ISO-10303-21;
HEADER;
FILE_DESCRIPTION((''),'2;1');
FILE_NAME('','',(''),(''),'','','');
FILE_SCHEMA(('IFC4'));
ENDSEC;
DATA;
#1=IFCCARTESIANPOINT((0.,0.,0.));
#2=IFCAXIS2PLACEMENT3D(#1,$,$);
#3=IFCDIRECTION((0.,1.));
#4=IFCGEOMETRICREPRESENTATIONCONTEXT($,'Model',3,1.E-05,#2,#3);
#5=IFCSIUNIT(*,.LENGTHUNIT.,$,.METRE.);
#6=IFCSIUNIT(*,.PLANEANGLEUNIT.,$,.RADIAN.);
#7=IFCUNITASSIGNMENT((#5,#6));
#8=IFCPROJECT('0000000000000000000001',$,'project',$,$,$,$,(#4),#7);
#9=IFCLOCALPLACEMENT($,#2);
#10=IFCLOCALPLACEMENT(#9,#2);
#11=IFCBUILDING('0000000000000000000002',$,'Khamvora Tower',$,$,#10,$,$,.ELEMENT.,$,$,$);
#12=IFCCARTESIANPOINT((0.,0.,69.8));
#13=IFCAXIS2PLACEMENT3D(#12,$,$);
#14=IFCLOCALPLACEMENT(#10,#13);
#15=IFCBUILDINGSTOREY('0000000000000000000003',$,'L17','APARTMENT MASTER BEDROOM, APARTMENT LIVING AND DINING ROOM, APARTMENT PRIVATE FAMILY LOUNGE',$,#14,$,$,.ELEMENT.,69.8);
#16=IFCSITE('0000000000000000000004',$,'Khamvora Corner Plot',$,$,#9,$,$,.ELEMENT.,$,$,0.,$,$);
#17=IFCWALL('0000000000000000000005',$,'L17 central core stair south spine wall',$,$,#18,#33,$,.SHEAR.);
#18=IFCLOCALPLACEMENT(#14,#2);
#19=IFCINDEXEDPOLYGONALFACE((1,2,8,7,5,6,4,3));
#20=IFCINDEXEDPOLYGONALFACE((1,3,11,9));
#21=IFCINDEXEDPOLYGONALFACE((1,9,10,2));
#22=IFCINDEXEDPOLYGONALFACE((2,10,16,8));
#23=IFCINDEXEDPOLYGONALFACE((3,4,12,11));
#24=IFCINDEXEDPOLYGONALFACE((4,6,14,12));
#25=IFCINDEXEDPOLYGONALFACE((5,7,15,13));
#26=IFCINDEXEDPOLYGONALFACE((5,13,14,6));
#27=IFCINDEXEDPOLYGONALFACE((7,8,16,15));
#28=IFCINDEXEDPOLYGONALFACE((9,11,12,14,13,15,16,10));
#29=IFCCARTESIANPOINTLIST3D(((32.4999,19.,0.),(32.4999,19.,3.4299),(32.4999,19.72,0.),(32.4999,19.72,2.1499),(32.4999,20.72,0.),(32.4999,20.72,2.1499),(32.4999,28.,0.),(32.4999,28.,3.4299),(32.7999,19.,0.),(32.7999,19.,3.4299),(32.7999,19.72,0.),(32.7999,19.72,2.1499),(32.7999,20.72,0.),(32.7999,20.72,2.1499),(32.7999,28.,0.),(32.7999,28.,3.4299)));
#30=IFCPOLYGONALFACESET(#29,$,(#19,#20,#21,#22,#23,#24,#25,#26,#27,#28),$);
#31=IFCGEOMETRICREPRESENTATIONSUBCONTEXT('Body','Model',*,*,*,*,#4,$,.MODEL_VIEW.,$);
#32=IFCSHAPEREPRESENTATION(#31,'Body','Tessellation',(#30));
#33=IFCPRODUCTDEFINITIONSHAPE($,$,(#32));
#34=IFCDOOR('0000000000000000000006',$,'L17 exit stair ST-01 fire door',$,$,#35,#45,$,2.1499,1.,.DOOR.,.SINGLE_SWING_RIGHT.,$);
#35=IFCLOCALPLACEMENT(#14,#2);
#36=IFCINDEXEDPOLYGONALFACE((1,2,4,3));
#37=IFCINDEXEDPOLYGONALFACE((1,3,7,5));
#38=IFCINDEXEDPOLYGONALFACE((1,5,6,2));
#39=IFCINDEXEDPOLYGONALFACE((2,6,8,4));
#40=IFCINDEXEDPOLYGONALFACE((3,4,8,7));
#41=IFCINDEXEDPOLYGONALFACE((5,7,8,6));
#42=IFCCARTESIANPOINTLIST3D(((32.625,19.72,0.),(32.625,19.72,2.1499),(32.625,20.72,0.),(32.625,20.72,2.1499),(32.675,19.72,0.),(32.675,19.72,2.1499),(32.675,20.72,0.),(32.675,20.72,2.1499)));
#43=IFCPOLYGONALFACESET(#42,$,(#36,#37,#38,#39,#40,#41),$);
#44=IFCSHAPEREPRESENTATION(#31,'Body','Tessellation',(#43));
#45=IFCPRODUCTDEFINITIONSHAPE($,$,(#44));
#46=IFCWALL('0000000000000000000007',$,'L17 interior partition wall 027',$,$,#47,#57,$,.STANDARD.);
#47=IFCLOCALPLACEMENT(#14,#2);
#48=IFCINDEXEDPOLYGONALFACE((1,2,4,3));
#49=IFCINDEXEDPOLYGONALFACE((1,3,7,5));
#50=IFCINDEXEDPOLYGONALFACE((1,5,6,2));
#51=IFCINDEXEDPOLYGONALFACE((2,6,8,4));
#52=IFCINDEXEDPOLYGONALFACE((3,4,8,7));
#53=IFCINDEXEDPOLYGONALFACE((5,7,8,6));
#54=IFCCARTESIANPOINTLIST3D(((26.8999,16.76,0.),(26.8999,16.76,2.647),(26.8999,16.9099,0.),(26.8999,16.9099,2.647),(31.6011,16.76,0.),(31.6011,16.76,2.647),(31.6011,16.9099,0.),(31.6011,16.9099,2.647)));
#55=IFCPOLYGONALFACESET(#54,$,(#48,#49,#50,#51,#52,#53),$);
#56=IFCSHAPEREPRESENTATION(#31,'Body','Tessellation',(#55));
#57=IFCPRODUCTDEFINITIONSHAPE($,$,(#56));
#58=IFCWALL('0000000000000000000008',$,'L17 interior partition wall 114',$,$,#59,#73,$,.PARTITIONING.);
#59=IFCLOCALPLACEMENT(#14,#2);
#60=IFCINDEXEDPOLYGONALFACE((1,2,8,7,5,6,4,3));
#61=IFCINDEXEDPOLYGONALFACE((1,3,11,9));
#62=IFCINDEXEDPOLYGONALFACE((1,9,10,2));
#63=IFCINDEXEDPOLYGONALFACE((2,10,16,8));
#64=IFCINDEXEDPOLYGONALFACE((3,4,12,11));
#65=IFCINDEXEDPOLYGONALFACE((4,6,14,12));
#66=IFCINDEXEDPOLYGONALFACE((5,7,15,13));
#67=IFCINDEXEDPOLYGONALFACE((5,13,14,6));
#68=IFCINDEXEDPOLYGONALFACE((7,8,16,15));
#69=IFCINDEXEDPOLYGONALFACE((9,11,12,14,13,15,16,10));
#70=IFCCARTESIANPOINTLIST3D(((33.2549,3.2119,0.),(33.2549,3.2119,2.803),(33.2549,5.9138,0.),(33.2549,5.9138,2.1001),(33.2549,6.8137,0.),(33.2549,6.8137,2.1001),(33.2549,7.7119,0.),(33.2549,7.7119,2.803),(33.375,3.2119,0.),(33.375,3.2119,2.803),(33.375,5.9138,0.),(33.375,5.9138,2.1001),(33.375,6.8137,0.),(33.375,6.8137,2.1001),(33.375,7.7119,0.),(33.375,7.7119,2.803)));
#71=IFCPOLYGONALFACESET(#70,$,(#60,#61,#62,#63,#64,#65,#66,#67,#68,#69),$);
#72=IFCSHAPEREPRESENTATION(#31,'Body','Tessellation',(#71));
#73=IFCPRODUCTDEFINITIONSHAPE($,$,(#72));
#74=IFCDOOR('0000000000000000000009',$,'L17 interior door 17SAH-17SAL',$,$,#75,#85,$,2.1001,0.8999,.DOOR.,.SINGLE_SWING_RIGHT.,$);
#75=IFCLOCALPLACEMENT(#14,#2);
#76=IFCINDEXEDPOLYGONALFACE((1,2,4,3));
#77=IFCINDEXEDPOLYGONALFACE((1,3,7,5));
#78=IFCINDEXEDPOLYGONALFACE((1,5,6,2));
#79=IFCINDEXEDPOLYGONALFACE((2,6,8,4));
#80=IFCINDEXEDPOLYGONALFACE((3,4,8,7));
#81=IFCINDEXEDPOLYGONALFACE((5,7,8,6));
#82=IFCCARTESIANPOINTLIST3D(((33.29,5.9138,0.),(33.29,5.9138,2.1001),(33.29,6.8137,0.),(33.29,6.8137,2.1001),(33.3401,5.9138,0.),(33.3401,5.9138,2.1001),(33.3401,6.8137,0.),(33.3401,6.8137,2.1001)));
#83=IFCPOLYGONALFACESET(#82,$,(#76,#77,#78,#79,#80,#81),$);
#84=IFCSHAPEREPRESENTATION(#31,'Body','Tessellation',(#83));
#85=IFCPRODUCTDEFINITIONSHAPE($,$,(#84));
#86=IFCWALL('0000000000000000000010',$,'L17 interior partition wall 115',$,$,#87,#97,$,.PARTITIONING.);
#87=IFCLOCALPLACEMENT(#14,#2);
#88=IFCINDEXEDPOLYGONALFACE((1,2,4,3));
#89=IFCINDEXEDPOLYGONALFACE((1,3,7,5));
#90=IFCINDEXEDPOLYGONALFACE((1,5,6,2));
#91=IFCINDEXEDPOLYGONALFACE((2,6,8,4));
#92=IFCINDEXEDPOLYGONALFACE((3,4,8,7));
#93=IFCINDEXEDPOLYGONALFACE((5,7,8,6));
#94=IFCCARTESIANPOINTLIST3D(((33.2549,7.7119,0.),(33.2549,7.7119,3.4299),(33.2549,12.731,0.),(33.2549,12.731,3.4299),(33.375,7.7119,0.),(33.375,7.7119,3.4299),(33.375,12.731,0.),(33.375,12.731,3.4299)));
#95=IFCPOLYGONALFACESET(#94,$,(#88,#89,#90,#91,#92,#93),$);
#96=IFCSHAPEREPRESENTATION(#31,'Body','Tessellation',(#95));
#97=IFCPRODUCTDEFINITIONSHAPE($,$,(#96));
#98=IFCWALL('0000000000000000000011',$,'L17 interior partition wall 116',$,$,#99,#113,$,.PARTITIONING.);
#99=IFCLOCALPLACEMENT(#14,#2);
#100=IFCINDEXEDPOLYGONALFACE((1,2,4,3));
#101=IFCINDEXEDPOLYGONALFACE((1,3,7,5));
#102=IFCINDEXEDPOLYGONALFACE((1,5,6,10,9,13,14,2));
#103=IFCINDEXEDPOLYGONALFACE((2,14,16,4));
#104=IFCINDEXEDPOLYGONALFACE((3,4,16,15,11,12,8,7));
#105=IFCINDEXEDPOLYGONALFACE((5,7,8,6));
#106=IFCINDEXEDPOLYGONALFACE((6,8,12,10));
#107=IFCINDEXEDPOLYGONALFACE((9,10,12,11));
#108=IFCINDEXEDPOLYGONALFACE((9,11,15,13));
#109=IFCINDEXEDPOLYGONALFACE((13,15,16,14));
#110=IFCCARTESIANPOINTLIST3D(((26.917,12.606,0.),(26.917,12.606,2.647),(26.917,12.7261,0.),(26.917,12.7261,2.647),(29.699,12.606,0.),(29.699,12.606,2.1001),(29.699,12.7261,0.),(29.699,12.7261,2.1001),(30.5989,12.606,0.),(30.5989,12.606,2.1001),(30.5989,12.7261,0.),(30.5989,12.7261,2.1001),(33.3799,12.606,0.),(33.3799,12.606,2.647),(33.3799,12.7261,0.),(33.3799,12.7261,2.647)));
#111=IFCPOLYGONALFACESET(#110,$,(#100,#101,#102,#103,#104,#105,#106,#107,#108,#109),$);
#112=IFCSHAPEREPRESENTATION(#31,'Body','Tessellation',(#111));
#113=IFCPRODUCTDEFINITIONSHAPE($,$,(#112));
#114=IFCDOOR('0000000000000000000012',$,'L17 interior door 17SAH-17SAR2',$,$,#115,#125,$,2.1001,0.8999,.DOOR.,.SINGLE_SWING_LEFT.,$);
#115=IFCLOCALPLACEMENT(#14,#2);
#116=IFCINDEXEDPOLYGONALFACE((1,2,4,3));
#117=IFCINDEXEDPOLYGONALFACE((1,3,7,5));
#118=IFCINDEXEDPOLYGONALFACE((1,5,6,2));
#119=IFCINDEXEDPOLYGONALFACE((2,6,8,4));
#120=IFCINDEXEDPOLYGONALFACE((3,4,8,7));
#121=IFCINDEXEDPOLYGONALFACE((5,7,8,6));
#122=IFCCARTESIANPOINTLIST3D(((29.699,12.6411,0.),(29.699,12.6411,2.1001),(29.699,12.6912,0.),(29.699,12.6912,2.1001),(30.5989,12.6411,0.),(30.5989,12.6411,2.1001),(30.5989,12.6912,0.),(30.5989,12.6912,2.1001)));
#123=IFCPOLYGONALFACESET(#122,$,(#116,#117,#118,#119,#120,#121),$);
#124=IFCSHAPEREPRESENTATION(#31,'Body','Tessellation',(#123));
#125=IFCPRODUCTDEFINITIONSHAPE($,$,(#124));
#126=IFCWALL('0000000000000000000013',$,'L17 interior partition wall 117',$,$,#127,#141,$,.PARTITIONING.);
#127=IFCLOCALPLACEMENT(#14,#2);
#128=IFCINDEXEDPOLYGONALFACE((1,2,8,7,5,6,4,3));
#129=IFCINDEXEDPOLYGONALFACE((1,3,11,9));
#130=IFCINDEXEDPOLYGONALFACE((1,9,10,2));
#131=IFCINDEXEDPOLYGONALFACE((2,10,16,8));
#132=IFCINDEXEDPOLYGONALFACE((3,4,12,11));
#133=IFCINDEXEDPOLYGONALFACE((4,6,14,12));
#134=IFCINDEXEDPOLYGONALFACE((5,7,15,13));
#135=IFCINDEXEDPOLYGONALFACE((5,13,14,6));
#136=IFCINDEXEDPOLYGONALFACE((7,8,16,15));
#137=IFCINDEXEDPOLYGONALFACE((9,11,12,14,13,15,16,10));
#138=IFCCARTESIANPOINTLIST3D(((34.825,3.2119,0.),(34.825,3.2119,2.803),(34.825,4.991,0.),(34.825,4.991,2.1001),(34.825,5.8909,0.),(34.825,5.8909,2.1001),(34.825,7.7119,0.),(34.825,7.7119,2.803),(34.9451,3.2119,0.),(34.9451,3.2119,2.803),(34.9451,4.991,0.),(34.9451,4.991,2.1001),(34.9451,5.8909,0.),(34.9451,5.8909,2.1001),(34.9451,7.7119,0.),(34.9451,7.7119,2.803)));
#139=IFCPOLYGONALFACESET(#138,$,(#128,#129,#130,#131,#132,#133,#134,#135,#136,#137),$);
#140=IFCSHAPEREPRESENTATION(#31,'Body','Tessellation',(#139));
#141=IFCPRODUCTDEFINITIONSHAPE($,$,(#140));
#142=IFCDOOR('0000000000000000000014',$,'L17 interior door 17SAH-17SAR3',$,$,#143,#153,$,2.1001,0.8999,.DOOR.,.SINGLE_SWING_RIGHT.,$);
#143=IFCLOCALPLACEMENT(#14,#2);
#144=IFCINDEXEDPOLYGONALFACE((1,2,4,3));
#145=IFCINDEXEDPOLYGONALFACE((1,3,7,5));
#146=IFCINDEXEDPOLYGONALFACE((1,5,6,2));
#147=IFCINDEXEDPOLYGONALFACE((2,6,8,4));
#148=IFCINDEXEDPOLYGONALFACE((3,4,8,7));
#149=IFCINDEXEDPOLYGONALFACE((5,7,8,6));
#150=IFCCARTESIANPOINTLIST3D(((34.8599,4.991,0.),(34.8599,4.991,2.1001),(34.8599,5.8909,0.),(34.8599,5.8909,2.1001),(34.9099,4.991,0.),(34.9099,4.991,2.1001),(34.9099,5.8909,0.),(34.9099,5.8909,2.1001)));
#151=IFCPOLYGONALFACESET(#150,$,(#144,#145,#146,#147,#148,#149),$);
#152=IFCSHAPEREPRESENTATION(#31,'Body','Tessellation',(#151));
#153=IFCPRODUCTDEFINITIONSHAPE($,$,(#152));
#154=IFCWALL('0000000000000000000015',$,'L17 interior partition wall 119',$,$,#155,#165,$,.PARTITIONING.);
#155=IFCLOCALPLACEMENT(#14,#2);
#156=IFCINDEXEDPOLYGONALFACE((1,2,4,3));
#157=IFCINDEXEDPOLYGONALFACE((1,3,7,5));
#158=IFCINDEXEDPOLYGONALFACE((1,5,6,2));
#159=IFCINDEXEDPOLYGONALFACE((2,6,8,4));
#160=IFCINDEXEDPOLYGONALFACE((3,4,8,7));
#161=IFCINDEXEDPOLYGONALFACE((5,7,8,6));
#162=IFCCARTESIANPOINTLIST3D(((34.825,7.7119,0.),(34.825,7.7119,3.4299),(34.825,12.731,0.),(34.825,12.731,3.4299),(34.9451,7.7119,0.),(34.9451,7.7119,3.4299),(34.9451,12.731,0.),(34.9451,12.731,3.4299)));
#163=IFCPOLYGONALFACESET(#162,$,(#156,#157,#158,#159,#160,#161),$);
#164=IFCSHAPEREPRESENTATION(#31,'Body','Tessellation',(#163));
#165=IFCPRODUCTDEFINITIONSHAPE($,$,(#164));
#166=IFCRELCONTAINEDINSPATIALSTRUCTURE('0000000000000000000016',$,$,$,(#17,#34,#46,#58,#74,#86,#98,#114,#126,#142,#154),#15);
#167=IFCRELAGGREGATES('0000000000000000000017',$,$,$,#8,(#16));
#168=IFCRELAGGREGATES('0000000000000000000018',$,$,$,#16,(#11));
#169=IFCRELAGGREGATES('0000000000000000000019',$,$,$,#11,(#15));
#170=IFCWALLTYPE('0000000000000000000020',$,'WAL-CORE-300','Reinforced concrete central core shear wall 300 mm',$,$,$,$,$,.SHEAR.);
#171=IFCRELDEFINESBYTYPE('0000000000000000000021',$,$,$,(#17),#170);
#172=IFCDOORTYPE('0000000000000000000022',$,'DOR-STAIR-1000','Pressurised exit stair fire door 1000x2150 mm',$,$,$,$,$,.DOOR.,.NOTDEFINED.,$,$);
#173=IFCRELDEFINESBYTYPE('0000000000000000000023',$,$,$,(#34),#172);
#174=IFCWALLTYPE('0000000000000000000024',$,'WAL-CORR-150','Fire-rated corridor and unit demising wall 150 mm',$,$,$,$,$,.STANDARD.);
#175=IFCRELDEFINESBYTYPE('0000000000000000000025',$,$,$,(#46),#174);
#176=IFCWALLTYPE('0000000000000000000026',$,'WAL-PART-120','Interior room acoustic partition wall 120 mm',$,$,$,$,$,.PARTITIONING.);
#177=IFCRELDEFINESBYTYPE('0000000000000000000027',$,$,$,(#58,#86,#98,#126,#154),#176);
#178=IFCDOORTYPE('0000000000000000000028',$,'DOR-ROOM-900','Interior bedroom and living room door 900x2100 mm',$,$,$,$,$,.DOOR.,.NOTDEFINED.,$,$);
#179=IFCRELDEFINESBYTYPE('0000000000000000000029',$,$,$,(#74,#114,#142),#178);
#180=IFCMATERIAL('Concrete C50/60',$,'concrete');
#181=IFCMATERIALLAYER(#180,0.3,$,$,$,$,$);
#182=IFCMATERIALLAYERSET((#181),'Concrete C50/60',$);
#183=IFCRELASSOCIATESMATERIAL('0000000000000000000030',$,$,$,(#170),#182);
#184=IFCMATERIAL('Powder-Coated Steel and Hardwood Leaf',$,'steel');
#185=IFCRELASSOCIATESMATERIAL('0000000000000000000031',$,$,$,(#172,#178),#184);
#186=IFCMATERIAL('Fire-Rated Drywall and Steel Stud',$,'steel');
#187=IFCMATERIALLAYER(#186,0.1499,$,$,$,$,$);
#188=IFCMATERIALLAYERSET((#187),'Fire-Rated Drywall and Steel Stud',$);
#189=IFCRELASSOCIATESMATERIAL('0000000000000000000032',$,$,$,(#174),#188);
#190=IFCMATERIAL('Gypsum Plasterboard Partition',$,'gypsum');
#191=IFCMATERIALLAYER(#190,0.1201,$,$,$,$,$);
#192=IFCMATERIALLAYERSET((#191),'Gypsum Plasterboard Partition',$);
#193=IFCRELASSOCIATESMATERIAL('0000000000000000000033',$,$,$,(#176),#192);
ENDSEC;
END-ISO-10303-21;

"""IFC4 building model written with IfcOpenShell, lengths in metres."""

from ifc_helpers import new_model, si_unit, direction, frame, frame_2d, origin, place, context, subcontext, project, spatial, rectangle, extrude, material, layer, layer_set, type_object, element, fill, save


model = new_model("IFC4")

# Units and contexts
model_context = context("Model", 3, precision=1e-05, world=origin(), true_north=direction((0.0, 1.0)))
body_context = subcontext(model_context, "Body", "Model", "MODEL_VIEW")
ifc_project = project(units=[si_unit("LENGTHUNIT", "METRE"), si_unit("PLANEANGLEUNIT", "RADIAN")], contexts=[model_context])

# Site, building, storey
site_placement = place(None, origin())
site = spatial("IfcSite", under=ifc_project, at=site_placement, Name="Khamvora Corner Plot", CompositionType="ELEMENT", RefElevation=0.0)
building_placement = place(site_placement, origin())
building = spatial("IfcBuilding", under=site, at=building_placement, Name="Khamvora Tower", CompositionType="ELEMENT")
storey_placement = place(building_placement, frame((0.0, 0.0, 69.8)))
storey = spatial("IfcBuildingStorey", under=building, at=storey_placement, Name="L17", Description="APARTMENT MASTER BEDROOM, APARTMENT LIVING AND DINING ROOM, APARTMENT PRIVATE FAMILY LOUNGE", CompositionType="ELEMENT", Elevation=69.8)

# Shared definitions
ifc_material_1 = material(Name="Concrete C50/60", Category="concrete")
ifc_layer_1 = layer(ifc_material_1, 0.3)
ifc_layer_set_1 = layer_set([ifc_layer_1], Name="Concrete C50/60")
wall_type_1 = type_object("IfcWallType", Name="WAL-CORE-300", Description="Reinforced concrete central core shear wall 300 mm", PredefinedType="SHEAR", material=ifc_layer_set_1)

# Wall, opening, door
ifc_material_2 = material(Name="Powder-Coated Steel and Hardwood Leaf", Category="steel")
wall_1_placement = place(storey_placement, frame((32.6499, 19.0, 0.0), z_axis=(0.0, 0.0, 1.0), x_axis=(0.0, 1.0, 0.0)))
wall_1 = element("IfcWall", 1, at=wall_1_placement, inside=storey, type_object=wall_type_1, Name="L17 central core stair south spine wall", PredefinedType="SHEAR", context=body_context, shape_type="SweptSolid", body=[
    extrude(rectangle(XDim=9.0, YDim=0.3, at=frame_2d((4.5, 0.0))), origin(), (0.0, 0.0, 1.0), 3.4299),
])
opening_1_placement = place(wall_1_placement, frame((0.72, 0.0, 0.0)))
opening_1 = element("IfcOpeningElement", 2, at=opening_1_placement, cuts=wall_1, PredefinedType="OPENING", context=body_context, shape_type="SweptSolid", body=[
    extrude(rectangle(XDim=1.0, YDim=2.1499, at=frame_2d((0.5, 1.075))), frame((0.0, 0.1599, 0.0), z_axis=(0.0, -1.0, 0.0), x_axis=(1.0, 0.0, 0.0)), (0.0, 0.0, 1.0), 0.3201),
])
door_type_1 = type_object("IfcDoorType", Name="DOR-STAIR-1000", Description="Pressurised exit stair fire door 1000x2150 mm", OperationType="NOTDEFINED", PredefinedType="DOOR", material=ifc_material_2)
door_1_placement = place(opening_1_placement, origin())
door_1 = element("IfcDoor", 3, at=door_1_placement, inside=storey, type_object=door_type_1, Name="L17 exit stair ST-01 fire door", OperationType="SINGLE_SWING_RIGHT", OverallHeight=2.1499, OverallWidth=1.0, PredefinedType="DOOR", context=body_context, shape_type="SweptSolid", body=[
    extrude(rectangle(XDim=1.0, YDim=2.1499, at=frame_2d((0.5, 1.075))), frame((0.0, 0.0249, 0.0), z_axis=(0.0, -1.0, 0.0), x_axis=(1.0, 0.0, 0.0)), (0.0, 0.0, 1.0), 0.05),
])
fill(opening_1, door_1)
ifc_material_3 = material(Name="Fire-Rated Drywall and Steel Stud", Category="steel")
ifc_layer_2 = layer(ifc_material_3, 0.1499)
ifc_layer_set_2 = layer_set([ifc_layer_2], Name="Fire-Rated Drywall and Steel Stud")
wall_type_2 = type_object("IfcWallType", Name="WAL-CORR-150", Description="Fire-rated corridor and unit demising wall 150 mm", PredefinedType="STANDARD", material=ifc_layer_set_2)

# Wall
wall_2_placement = place(storey_placement, frame((31.6011, 16.835, 0.0), z_axis=(0.0, 0.0, 1.0), x_axis=(-1.0, 0.0, 0.0)))
element("IfcWall", 4, at=wall_2_placement, inside=storey, type_object=wall_type_2, Name="L17 interior partition wall 027", PredefinedType="STANDARD", context=body_context, shape_type="SweptSolid", body=[
    extrude(rectangle(XDim=4.7012, YDim=0.1499, at=frame_2d((2.3506, 0.0))), origin(), (0.0, 0.0, 1.0), 2.647),
])

# Wall, opening, door
ifc_material_4 = material(Name="Gypsum Plasterboard Partition", Category="gypsum")
ifc_layer_3 = layer(ifc_material_4, 0.1201)
ifc_layer_set_3 = layer_set([ifc_layer_3], Name="Gypsum Plasterboard Partition")
wall_type_3 = type_object("IfcWallType", Name="WAL-PART-120", Description="Interior room acoustic partition wall 120 mm", PredefinedType="PARTITIONING", material=ifc_layer_set_3)
wall_3_placement = place(storey_placement, frame((33.3149, 3.2119, 0.0), z_axis=(0.0, 0.0, 1.0), x_axis=(0.0, 1.0, 0.0)))
wall_3 = element("IfcWall", 5, at=wall_3_placement, inside=storey, type_object=wall_type_3, Name="L17 interior partition wall 114", PredefinedType="PARTITIONING", context=body_context, shape_type="SweptSolid", body=[
    extrude(rectangle(XDim=4.5, YDim=0.1201, at=frame_2d((2.25, 0.0))), origin(), (0.0, 0.0, 1.0), 2.803),
])
opening_2_placement = place(wall_3_placement, frame((2.7019, 0.0, 0.0)))
opening_2 = element("IfcOpeningElement", 6, at=opening_2_placement, cuts=wall_3, PredefinedType="OPENING", context=body_context, shape_type="SweptSolid", body=[
    extrude(rectangle(XDim=0.8999, YDim=2.1001, at=frame_2d((0.45, 1.05))), frame((0.0, 0.0701, 0.0), z_axis=(0.0, -1.0, 0.0), x_axis=(1.0, 0.0, 0.0)), (0.0, 0.0, 1.0), 0.1401),
])
door_type_2 = type_object("IfcDoorType", Name="DOR-ROOM-900", Description="Interior bedroom and living room door 900x2100 mm", OperationType="NOTDEFINED", PredefinedType="DOOR", material=ifc_material_2)
door_2_placement = place(opening_2_placement, origin())
door_2 = element("IfcDoor", 7, at=door_2_placement, inside=storey, type_object=door_type_2, Name="L17 interior door 17SAH-17SAL", OperationType="SINGLE_SWING_RIGHT", OverallHeight=2.1001, OverallWidth=0.8999, PredefinedType="DOOR", context=body_context, shape_type="SweptSolid", body=[
    extrude(rectangle(XDim=0.8999, YDim=2.1001, at=frame_2d((0.45, 1.05))), frame((0.0, 0.0249, 0.0), z_axis=(0.0, -1.0, 0.0), x_axis=(1.0, 0.0, 0.0)), (0.0, 0.0, 1.0), 0.05),
])
fill(opening_2, door_2)

# Wall
wall_4_placement = place(storey_placement, frame((33.3149, 7.7119, 0.0), z_axis=(0.0, 0.0, 1.0), x_axis=(0.0, 1.0, 0.0)))
element("IfcWall", 8, at=wall_4_placement, inside=storey, type_object=wall_type_3, Name="L17 interior partition wall 115", PredefinedType="PARTITIONING", context=body_context, shape_type="SweptSolid", body=[
    extrude(rectangle(XDim=5.019, YDim=0.1201, at=frame_2d((2.5095, 0.0))), origin(), (0.0, 0.0, 1.0), 3.4299),
])

# Walls, openings, doors
wall_5_placement = place(storey_placement, frame((33.3799, 12.666, 0.0), z_axis=(0.0, 0.0, 1.0), x_axis=(-1.0, 0.0, 0.0)))
wall_5 = element("IfcWall", 9, at=wall_5_placement, inside=storey, type_object=wall_type_3, Name="L17 interior partition wall 116", PredefinedType="PARTITIONING", context=body_context, shape_type="SweptSolid", body=[
    extrude(rectangle(XDim=6.4629, YDim=0.1201, at=frame_2d((3.2314, 0.0))), origin(), (0.0, 0.0, 1.0), 2.647),
])
opening_3_placement = place(wall_5_placement, frame((2.781, 0.0, 0.0)))
opening_3 = element("IfcOpeningElement", 10, at=opening_3_placement, cuts=wall_5, PredefinedType="OPENING", context=body_context, shape_type="SweptSolid", body=[
    extrude(rectangle(XDim=0.8999, YDim=2.1001, at=frame_2d((0.45, 1.05))), frame((0.0, 0.0701, 0.0), z_axis=(0.0, -1.0, 0.0), x_axis=(1.0, 0.0, 0.0)), (0.0, 0.0, 1.0), 0.1401),
])
door_3_placement = place(opening_3_placement, origin())
door_3 = element("IfcDoor", 11, at=door_3_placement, inside=storey, type_object=door_type_2, Name="L17 interior door 17SAH-17SAR2", OperationType="SINGLE_SWING_LEFT", OverallHeight=2.1001, OverallWidth=0.8999, PredefinedType="DOOR", context=body_context, shape_type="SweptSolid", body=[
    extrude(rectangle(XDim=0.8999, YDim=2.1001, at=frame_2d((0.45, 1.05))), frame((0.0, 0.0249, 0.0), z_axis=(0.0, -1.0, 0.0), x_axis=(1.0, 0.0, 0.0)), (0.0, 0.0, 1.0), 0.05),
])
fill(opening_3, door_3)
wall_6_placement = place(storey_placement, frame((34.885, 7.7119, 0.0), z_axis=(0.0, 0.0, 1.0), x_axis=(0.0, -1.0, 0.0)))
wall_6 = element("IfcWall", 12, at=wall_6_placement, inside=storey, type_object=wall_type_3, Name="L17 interior partition wall 117", PredefinedType="PARTITIONING", context=body_context, shape_type="SweptSolid", body=[
    extrude(rectangle(XDim=4.5, YDim=0.1201, at=frame_2d((2.25, 0.0))), origin(), (0.0, 0.0, 1.0), 2.803),
])
opening_4_placement = place(wall_6_placement, frame((1.821, 0.0, 0.0)))
opening_4 = element("IfcOpeningElement", 13, at=opening_4_placement, cuts=wall_6, PredefinedType="OPENING", context=body_context, shape_type="SweptSolid", body=[
    extrude(rectangle(XDim=0.8999, YDim=2.1001, at=frame_2d((0.45, 1.05))), frame((0.0, 0.0701, 0.0), z_axis=(0.0, -1.0, 0.0), x_axis=(1.0, 0.0, 0.0)), (0.0, 0.0, 1.0), 0.1401),
])
door_4_placement = place(opening_4_placement, origin())
door_4 = element("IfcDoor", 14, at=door_4_placement, inside=storey, type_object=door_type_2, Name="L17 interior door 17SAH-17SAR3", OperationType="SINGLE_SWING_RIGHT", OverallHeight=2.1001, OverallWidth=0.8999, PredefinedType="DOOR", context=body_context, shape_type="SweptSolid", body=[
    extrude(rectangle(XDim=0.8999, YDim=2.1001, at=frame_2d((0.45, 1.05))), frame((0.0, 0.0249, 0.0), z_axis=(0.0, -1.0, 0.0), x_axis=(1.0, 0.0, 0.0)), (0.0, 0.0, 1.0), 0.05),
])
fill(opening_4, door_4)

# Wall
wall_7_placement = place(storey_placement, frame((34.885, 12.731, 0.0), z_axis=(0.0, 0.0, 1.0), x_axis=(0.0, -1.0, 0.0)))
element("IfcWall", 15, at=wall_7_placement, inside=storey, type_object=wall_type_3, Name="L17 interior partition wall 119", PredefinedType="PARTITIONING", context=body_context, shape_type="SweptSolid", body=[
    extrude(rectangle(XDim=5.019, YDim=0.1201, at=frame_2d((2.5095, 0.0))), origin(), (0.0, 0.0, 1.0), 3.4299),
])

save(model, "model.ifc")
